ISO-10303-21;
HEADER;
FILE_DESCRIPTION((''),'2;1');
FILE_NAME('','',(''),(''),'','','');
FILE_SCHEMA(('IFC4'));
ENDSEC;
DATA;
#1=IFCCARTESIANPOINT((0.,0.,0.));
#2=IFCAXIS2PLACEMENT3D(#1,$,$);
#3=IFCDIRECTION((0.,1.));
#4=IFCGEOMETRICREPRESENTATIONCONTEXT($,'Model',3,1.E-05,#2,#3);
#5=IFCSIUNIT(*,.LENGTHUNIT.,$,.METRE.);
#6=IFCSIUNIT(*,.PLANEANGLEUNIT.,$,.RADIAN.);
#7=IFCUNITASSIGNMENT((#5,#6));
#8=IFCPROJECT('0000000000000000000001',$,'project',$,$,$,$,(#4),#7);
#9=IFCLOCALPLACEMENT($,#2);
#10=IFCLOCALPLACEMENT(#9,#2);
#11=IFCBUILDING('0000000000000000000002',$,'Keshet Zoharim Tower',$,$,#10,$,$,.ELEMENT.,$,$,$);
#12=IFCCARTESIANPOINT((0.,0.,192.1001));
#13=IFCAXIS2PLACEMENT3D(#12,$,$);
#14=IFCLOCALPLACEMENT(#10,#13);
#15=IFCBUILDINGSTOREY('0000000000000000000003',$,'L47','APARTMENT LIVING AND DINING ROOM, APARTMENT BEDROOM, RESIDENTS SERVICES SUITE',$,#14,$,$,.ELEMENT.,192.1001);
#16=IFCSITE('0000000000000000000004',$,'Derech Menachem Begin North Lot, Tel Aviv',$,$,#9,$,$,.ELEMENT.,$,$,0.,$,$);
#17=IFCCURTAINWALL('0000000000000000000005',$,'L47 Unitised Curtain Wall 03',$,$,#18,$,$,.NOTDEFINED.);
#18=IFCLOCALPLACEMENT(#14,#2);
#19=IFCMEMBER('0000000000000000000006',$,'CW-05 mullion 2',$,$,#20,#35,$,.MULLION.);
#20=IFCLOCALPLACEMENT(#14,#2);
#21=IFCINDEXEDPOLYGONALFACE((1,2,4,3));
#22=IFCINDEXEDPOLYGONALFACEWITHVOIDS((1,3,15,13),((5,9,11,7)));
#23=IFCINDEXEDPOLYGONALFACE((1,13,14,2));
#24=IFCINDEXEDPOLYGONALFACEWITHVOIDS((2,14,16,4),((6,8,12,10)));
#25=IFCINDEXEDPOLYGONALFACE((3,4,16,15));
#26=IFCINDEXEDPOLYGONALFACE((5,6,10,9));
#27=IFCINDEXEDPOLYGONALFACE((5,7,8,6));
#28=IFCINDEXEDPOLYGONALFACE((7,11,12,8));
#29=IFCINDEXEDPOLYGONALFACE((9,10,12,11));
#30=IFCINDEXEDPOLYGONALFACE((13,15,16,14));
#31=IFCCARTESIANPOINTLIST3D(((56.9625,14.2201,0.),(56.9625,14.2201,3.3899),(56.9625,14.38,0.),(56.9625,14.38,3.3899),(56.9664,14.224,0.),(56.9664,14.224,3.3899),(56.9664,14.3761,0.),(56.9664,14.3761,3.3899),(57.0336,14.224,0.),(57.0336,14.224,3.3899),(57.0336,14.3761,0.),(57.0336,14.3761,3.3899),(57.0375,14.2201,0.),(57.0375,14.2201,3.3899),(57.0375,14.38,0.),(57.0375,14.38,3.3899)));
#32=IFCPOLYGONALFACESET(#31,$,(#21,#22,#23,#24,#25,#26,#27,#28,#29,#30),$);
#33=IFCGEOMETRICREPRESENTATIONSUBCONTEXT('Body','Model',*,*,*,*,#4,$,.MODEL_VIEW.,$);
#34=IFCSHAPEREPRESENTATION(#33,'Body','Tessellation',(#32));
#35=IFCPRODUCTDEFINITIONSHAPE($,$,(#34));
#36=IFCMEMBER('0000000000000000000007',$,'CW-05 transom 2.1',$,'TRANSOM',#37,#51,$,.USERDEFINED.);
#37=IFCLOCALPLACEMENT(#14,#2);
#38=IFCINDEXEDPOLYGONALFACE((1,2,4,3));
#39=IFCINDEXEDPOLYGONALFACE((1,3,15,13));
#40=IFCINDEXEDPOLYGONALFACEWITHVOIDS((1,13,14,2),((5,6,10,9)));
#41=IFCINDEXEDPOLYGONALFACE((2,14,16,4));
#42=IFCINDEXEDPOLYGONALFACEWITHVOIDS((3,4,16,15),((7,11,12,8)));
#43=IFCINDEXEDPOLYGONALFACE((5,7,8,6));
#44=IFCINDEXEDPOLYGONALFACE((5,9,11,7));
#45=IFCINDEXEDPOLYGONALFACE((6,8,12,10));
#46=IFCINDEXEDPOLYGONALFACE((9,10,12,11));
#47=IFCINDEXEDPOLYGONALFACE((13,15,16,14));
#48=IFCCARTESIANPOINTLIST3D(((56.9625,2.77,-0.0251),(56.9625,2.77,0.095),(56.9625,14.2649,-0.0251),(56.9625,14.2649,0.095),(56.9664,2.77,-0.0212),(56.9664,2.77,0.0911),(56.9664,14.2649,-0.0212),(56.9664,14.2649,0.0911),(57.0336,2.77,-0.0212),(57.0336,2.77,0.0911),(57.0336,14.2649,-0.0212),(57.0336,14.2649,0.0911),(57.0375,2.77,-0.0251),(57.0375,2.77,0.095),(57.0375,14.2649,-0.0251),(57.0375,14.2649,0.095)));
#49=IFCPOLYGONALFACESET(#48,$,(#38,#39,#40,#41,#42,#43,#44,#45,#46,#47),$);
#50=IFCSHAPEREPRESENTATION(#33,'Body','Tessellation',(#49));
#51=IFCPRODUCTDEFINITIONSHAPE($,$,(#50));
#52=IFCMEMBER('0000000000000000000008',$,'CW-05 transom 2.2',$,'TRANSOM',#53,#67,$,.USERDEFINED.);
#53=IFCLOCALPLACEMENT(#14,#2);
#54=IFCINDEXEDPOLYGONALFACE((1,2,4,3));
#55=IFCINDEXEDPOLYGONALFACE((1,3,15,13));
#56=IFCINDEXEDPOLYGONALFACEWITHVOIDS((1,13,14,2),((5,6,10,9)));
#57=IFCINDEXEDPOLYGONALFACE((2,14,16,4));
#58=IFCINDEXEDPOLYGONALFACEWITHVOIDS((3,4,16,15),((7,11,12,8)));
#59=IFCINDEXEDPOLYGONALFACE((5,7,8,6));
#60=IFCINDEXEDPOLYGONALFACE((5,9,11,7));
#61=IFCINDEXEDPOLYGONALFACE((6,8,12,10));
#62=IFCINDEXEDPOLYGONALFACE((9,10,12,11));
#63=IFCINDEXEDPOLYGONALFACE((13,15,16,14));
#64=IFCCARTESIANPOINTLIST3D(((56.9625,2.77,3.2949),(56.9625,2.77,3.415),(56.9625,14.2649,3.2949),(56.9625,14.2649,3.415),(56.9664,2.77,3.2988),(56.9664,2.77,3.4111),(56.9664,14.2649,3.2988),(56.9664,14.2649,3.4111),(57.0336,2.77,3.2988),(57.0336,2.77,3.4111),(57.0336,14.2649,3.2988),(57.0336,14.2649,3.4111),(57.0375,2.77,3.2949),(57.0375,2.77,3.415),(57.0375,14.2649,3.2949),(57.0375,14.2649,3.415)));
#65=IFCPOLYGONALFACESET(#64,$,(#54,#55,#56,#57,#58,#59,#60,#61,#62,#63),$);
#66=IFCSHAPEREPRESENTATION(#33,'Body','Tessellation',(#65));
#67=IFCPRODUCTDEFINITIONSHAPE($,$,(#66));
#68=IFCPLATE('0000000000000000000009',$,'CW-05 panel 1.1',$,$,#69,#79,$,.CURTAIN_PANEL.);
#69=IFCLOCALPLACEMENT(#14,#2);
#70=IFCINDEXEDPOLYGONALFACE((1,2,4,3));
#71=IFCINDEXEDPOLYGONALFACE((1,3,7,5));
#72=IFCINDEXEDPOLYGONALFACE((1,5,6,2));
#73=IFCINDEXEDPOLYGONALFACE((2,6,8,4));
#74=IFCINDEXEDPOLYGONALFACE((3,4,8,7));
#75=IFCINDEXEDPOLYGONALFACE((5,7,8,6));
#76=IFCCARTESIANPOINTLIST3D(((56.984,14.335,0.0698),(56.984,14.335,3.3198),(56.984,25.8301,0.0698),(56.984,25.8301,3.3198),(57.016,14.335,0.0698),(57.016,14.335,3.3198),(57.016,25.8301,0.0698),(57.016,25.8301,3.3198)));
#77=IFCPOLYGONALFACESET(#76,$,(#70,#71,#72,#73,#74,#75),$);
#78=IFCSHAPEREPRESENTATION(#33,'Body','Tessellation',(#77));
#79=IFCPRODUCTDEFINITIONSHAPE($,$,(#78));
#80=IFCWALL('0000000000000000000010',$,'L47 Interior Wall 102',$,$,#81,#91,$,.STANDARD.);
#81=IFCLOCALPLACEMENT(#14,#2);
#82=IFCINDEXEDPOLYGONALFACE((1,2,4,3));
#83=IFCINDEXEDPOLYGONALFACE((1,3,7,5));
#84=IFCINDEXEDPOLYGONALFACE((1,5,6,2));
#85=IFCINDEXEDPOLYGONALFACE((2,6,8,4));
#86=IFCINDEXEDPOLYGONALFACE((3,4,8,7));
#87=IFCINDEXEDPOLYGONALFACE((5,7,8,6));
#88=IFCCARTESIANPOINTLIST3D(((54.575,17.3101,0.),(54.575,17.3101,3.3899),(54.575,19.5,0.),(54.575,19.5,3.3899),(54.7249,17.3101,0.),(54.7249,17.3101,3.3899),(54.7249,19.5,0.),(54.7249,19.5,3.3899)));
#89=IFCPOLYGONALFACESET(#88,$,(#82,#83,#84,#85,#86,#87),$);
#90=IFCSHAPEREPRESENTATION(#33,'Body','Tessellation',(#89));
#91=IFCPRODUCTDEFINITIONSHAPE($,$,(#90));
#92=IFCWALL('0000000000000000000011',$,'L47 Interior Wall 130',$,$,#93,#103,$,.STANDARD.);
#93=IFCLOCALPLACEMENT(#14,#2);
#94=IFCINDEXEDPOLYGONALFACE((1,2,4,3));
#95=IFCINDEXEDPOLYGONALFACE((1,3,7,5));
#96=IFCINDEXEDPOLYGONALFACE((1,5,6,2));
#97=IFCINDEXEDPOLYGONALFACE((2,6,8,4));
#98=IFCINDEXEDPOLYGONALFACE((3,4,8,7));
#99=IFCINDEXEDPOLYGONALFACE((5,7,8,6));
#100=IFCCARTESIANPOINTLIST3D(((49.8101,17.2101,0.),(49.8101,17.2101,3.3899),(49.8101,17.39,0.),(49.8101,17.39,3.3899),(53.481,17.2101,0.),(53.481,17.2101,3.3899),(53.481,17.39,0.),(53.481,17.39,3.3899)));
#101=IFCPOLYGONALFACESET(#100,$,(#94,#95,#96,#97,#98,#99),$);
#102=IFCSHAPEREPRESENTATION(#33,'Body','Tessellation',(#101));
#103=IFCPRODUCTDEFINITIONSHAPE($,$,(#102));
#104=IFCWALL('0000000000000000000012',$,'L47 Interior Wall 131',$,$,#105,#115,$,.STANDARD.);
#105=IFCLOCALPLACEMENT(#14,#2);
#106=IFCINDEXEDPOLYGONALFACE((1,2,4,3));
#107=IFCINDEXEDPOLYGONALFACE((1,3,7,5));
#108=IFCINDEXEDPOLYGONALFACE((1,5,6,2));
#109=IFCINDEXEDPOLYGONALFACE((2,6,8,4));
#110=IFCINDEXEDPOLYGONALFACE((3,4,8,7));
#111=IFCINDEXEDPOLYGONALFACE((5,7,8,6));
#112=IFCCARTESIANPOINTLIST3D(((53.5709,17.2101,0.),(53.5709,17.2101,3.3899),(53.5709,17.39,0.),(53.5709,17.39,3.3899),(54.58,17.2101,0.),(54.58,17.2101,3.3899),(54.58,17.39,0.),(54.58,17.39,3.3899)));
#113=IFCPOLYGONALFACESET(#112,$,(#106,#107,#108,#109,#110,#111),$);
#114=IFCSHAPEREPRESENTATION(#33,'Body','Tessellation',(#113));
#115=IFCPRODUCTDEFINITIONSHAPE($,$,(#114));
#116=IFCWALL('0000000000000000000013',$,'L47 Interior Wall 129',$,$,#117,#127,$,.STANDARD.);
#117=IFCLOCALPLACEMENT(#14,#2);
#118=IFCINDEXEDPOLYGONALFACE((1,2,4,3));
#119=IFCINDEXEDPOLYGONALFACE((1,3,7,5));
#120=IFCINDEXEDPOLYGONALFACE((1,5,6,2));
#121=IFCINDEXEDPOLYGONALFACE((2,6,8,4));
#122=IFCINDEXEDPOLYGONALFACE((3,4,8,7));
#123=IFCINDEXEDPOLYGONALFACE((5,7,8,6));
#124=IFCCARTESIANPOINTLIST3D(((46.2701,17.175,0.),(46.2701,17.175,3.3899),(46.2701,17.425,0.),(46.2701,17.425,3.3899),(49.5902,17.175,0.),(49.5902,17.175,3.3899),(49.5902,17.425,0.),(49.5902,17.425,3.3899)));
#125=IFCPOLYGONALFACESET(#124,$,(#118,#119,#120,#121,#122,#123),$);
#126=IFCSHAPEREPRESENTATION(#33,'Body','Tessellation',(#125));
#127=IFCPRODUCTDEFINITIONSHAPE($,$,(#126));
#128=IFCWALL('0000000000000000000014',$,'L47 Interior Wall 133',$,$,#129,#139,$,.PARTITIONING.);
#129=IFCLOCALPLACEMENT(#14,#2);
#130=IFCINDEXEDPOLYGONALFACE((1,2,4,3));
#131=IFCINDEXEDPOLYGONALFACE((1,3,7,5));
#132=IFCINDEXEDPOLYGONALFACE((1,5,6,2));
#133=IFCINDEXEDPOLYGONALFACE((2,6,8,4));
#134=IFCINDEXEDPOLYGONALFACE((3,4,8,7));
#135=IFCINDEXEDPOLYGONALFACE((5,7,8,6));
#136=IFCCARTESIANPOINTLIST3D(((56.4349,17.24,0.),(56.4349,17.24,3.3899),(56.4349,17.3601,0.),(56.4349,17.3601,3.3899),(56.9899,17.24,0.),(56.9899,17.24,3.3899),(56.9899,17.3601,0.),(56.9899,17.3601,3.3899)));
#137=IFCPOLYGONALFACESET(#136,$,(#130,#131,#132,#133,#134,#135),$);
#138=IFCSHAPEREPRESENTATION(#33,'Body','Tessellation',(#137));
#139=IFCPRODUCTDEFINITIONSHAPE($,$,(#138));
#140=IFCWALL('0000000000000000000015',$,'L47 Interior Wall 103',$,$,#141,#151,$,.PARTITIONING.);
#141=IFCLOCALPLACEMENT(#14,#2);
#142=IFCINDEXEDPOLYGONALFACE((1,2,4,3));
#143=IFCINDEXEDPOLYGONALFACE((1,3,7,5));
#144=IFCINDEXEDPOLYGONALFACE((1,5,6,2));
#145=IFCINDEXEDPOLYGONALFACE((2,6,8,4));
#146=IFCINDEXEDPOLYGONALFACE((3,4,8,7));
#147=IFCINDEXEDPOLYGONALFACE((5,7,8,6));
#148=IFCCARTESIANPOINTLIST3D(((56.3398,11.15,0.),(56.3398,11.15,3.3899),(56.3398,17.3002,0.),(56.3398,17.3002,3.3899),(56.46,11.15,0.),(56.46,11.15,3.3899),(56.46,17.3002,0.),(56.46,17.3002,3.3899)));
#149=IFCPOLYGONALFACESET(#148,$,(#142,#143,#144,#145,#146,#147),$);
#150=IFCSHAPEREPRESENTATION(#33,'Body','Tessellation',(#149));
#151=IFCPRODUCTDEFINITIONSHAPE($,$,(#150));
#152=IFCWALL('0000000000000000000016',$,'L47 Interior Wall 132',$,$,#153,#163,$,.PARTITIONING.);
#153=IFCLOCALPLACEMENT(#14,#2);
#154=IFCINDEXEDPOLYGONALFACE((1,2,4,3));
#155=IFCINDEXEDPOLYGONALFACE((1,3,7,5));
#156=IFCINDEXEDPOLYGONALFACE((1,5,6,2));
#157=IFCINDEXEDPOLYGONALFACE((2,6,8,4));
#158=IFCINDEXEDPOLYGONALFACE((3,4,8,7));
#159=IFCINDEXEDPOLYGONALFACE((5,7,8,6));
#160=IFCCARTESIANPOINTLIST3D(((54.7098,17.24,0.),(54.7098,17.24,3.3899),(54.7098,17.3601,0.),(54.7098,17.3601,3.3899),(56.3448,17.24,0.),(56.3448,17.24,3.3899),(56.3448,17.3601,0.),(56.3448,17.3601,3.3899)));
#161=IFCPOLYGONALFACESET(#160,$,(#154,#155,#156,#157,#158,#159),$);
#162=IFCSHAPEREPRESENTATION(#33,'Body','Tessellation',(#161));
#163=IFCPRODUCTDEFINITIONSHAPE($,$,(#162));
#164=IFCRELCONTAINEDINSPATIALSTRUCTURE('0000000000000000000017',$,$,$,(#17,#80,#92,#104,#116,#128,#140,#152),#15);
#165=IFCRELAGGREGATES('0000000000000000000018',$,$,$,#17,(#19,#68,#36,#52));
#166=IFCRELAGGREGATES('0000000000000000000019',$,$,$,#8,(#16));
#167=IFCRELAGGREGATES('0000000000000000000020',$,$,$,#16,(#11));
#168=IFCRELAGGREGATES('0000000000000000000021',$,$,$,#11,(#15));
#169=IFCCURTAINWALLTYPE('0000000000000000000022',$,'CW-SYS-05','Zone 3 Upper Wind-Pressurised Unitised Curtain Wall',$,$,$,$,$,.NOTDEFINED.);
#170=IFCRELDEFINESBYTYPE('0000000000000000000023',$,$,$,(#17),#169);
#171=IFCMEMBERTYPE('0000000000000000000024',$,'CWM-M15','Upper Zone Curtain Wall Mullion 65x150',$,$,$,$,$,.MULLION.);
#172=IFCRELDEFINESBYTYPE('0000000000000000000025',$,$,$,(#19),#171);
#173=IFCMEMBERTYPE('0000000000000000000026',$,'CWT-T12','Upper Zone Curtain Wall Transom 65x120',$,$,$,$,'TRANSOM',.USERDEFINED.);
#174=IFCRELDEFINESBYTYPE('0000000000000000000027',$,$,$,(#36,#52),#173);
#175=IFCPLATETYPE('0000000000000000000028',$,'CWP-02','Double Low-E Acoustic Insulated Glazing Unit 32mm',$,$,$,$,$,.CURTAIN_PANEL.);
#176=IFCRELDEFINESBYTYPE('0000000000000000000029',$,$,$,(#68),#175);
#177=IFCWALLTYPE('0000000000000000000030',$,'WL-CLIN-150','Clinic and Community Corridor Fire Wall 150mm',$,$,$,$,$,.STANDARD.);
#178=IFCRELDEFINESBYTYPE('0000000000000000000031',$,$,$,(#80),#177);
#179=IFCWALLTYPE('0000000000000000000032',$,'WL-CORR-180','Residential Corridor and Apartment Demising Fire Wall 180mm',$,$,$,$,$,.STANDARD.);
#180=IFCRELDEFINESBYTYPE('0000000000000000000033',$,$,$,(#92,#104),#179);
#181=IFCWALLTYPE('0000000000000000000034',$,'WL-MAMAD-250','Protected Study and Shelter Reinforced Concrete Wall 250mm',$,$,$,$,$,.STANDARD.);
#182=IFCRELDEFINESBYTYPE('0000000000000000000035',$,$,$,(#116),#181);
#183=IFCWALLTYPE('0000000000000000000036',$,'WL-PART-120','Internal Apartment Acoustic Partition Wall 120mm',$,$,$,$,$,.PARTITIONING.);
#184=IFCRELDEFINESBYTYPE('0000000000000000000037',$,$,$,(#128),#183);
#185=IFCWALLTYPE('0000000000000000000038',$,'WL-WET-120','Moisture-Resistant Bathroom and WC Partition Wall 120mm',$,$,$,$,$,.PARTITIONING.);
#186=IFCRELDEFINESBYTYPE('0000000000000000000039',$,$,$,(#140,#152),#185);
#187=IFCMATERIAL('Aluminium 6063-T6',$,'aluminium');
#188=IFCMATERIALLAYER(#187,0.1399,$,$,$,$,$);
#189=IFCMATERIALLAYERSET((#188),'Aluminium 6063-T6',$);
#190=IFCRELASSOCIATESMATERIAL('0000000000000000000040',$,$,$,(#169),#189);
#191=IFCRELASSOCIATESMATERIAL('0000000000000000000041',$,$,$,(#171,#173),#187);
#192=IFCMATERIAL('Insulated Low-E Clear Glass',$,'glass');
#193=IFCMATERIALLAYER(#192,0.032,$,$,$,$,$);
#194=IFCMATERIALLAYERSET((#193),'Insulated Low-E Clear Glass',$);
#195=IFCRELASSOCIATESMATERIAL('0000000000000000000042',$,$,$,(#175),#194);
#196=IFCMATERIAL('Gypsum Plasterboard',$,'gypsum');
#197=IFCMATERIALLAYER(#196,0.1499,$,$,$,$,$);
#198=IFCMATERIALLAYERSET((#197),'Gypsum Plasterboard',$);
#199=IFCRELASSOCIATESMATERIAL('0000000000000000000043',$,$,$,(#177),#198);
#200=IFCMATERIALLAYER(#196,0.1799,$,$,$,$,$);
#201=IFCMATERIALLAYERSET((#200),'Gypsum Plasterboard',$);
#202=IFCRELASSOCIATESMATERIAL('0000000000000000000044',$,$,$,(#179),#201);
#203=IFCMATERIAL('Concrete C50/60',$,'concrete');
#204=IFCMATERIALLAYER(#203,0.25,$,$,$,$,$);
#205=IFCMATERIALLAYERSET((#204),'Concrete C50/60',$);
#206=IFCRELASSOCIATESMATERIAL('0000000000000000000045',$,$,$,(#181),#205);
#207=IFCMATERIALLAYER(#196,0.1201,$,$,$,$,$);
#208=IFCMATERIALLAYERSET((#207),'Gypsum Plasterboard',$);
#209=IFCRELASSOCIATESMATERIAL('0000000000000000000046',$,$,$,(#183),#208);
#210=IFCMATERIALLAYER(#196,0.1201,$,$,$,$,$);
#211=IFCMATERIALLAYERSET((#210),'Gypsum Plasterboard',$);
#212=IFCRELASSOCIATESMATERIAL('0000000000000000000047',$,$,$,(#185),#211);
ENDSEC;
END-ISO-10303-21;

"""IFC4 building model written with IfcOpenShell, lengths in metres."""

from ifc_helpers import new_model, si_unit, direction, frame, frame_2d, origin, origin_2d, place, context, subcontext, project, spatial, rectangle, hollow_rectangle, extrude, material, layer, layer_set, material_profile, profile_set, type_object, element, aggregate, save


model = new_model("IFC4")

# Units and contexts
model_context = context("Model", 3, precision=1e-05, world=origin(), true_north=direction((0.0, 1.0)))
body_context = subcontext(model_context, "Body", "Model", "MODEL_VIEW")
ifc_project = project(units=[si_unit("LENGTHUNIT", "METRE"), si_unit("PLANEANGLEUNIT", "RADIAN")], contexts=[model_context])

# Site, building, storey
site_placement = place(None, origin())
site = spatial("IfcSite", under=ifc_project, at=site_placement, Name="Derech Menachem Begin North Lot, Tel Aviv", CompositionType="ELEMENT", RefElevation=0.0)
building_placement = place(site_placement, origin())
building = spatial("IfcBuilding", under=site, at=building_placement, Name="Keshet Zoharim Tower", CompositionType="ELEMENT")
storey_placement = place(building_placement, frame((0.0, 0.0, 192.1001)))
storey = spatial("IfcBuildingStorey", under=building, at=storey_placement, Name="L47", Description="APARTMENT LIVING AND DINING ROOM, APARTMENT BEDROOM, RESIDENTS SERVICES SUITE", CompositionType="ELEMENT", Elevation=192.1001)

# Curtain wall, members, plate
ifc_material_1 = material(Name="Aluminium 6063-T6", Category="aluminium")
ifc_layer_1 = layer(ifc_material_1, 0.1399)
ifc_layer_set_1 = layer_set([ifc_layer_1], Name="Aluminium 6063-T6")
curtain_wall_type = type_object("IfcCurtainWallType", Name="CW-SYS-05", Description="Zone 3 Upper Wind-Pressurised Unitised Curtain Wall", PredefinedType="NOTDEFINED", material=ifc_layer_set_1)
curtain_wall_placement = place(storey_placement, origin())
curtain_wall = element("IfcCurtainWall", 1, at=curtain_wall_placement, inside=storey, type_object=curtain_wall_type, Name="L47 Unitised Curtain Wall 03", PredefinedType="NOTDEFINED")
ifc_material_profile_1 = material_profile(ifc_material_1, hollow_rectangle(XDim=0.075, YDim=0.1599, WallThickness=0.0039, at=origin_2d()), Name="MUL-75x160")
ifc_profile_set_1 = profile_set([ifc_material_profile_1], Name="Aluminium 6063-T6")
member_type_1 = type_object("IfcMemberType", Name="CWM-M15", Description="Upper Zone Curtain Wall Mullion 65x150", PredefinedType="MULLION", material=ifc_profile_set_1)
member_1_placement = place(storey_placement, frame((57.0, 14.3, 0.0), z_axis=(0.0, 0.0, 1.0), x_axis=(1.0, 0.0, 0.0)))
member_1 = element("IfcMember", 2, at=member_1_placement, type_object=member_type_1, Name="CW-05 mullion 2", PredefinedType="MULLION", context=body_context, shape_type="SweptSolid", body=[
    extrude(hollow_rectangle(XDim=0.075, YDim=0.1599, WallThickness=0.0039, at=origin_2d()), origin(), (0.0, 0.0, 1.0), 3.3899),
])
ifc_material_profile_2 = material_profile(ifc_material_1, hollow_rectangle(XDim=0.075, YDim=0.1201, WallThickness=0.0039, at=origin_2d()), Name="TRN-75x120")
ifc_profile_set_2 = profile_set([ifc_material_profile_2], Name="Aluminium 6063-T6")
member_type_2 = type_object("IfcMemberType", Name="CWT-T12", Description="Upper Zone Curtain Wall Transom 65x120", ElementType="TRANSOM", PredefinedType="USERDEFINED", material=ifc_profile_set_2)
member_2_placement = place(storey_placement, frame((57.0, 14.2649, 0.0349), z_axis=(0.0, -1.0, 0.0), x_axis=(1.0, 0.0, 0.0)))
member_2 = element("IfcMember", 3, at=member_2_placement, type_object=member_type_2, Name="CW-05 transom 2.1", ObjectType="TRANSOM", PredefinedType="USERDEFINED", context=body_context, shape_type="SweptSolid", body=[
    extrude(hollow_rectangle(XDim=0.075, YDim=0.1201, WallThickness=0.0039, at=origin_2d()), origin(), (0.0, 0.0, 1.0), 11.4949),
])
member_3_placement = place(storey_placement, frame((57.0, 14.2649, 3.355), z_axis=(0.0, -1.0, 0.0), x_axis=(1.0, 0.0, 0.0)))
member_3 = element("IfcMember", 4, at=member_3_placement, type_object=member_type_2, Name="CW-05 transom 2.2", ObjectType="TRANSOM", PredefinedType="USERDEFINED", context=body_context, shape_type="SweptSolid", body=[
    extrude(hollow_rectangle(XDim=0.075, YDim=0.1201, WallThickness=0.0039, at=origin_2d()), origin(), (0.0, 0.0, 1.0), 11.4949),
])
ifc_material_2 = material(Name="Insulated Low-E Clear Glass", Category="glass")
ifc_layer_2 = layer(ifc_material_2, 0.032)
ifc_layer_set_2 = layer_set([ifc_layer_2], Name="Insulated Low-E Clear Glass")
plate_type = type_object("IfcPlateType", Name="CWP-02", Description="Double Low-E Acoustic Insulated Glazing Unit 32mm", PredefinedType="CURTAIN_PANEL", material=ifc_layer_set_2)
plate_placement = place(storey_placement, frame((57.0, 20.0825, 0.0698), z_axis=(0.0, 0.0, 1.0), x_axis=(0.0, -1.0, 0.0)))
plate = element("IfcPlate", 5, at=plate_placement, type_object=plate_type, Name="CW-05 panel 1.1", PredefinedType="CURTAIN_PANEL", context=body_context, shape_type="SweptSolid", body=[
    extrude(rectangle(XDim=11.4951, YDim=0.032, at=origin_2d()), origin(), (0.0, 0.0, 1.0), 3.25),
])
aggregate(curtain_wall, [member_1, plate, member_2, member_3])

# Walls
ifc_material_3 = material(Name="Gypsum Plasterboard", Category="gypsum")
ifc_layer_3 = layer(ifc_material_3, 0.1499)
ifc_layer_set_3 = layer_set([ifc_layer_3], Name="Gypsum Plasterboard")
wall_type_1 = type_object("IfcWallType", Name="WL-CLIN-150", Description="Clinic and Community Corridor Fire Wall 150mm", PredefinedType="STANDARD", material=ifc_layer_set_3)
wall_1_placement = place(storey_placement, frame((54.6499, 17.3101, 0.0), z_axis=(0.0, 0.0, 1.0), x_axis=(0.0, 1.0, 0.0)))
element("IfcWall", 6, at=wall_1_placement, inside=storey, type_object=wall_type_1, Name="L47 Interior Wall 102", PredefinedType="STANDARD", context=body_context, shape_type="SweptSolid", body=[
    extrude(rectangle(XDim=2.1899, YDim=0.1499, at=frame_2d((1.095, 0.0))), origin(), (0.0, 0.0, 1.0), 3.3899),
])
ifc_layer_4 = layer(ifc_material_3, 0.1799)
ifc_layer_set_4 = layer_set([ifc_layer_4], Name="Gypsum Plasterboard")
wall_type_2 = type_object("IfcWallType", Name="WL-CORR-180", Description="Residential Corridor and Apartment Demising Fire Wall 180mm", PredefinedType="STANDARD", material=ifc_layer_set_4)
wall_2_placement = place(storey_placement, frame((49.8101, 17.3, 0.0), z_axis=(0.0, 0.0, 1.0), x_axis=(1.0, 0.0, 0.0)))
element("IfcWall", 7, at=wall_2_placement, inside=storey, type_object=wall_type_2, Name="L47 Interior Wall 130", PredefinedType="STANDARD", context=body_context, shape_type="SweptSolid", body=[
    extrude(rectangle(XDim=3.6709, YDim=0.1799, at=frame_2d((1.8354, 0.0))), origin(), (0.0, 0.0, 1.0), 3.3899),
])
wall_3_placement = place(storey_placement, frame((53.571, 17.3, 0.0), z_axis=(0.0, 0.0, 1.0), x_axis=(1.0, 0.0, 0.0)))
element("IfcWall", 8, at=wall_3_placement, inside=storey, type_object=wall_type_2, Name="L47 Interior Wall 131", PredefinedType="STANDARD", context=body_context, shape_type="SweptSolid", body=[
    extrude(rectangle(XDim=1.009, YDim=0.1799, at=frame_2d((0.5044, 0.0))), origin(), (0.0, 0.0, 1.0), 3.3899),
])
ifc_material_4 = material(Name="Concrete C50/60", Category="concrete")
ifc_layer_5 = layer(ifc_material_4, 0.25)
ifc_layer_set_5 = layer_set([ifc_layer_5], Name="Concrete C50/60")
wall_type_3 = type_object("IfcWallType", Name="WL-MAMAD-250", Description="Protected Study and Shelter Reinforced Concrete Wall 250mm", PredefinedType="STANDARD", material=ifc_layer_set_5)
wall_4_placement = place(storey_placement, frame((46.27, 17.3, 0.0), z_axis=(0.0, 0.0, 1.0), x_axis=(1.0, 0.0, 0.0)))
element("IfcWall", 9, at=wall_4_placement, inside=storey, type_object=wall_type_3, Name="L47 Interior Wall 129", PredefinedType="STANDARD", context=body_context, shape_type="SweptSolid", body=[
    extrude(rectangle(XDim=3.3201, YDim=0.25, at=frame_2d((1.6602, 0.0))), origin(), (0.0, 0.0, 1.0), 3.3899),
])
ifc_layer_6 = layer(ifc_material_3, 0.1201)
ifc_layer_set_6 = layer_set([ifc_layer_6], Name="Gypsum Plasterboard")
wall_type_4 = type_object("IfcWallType", Name="WL-PART-120", Description="Internal Apartment Acoustic Partition Wall 120mm", PredefinedType="PARTITIONING", material=ifc_layer_set_6)
wall_5_placement = place(storey_placement, frame((56.4351, 17.3, 0.0), z_axis=(0.0, 0.0, 1.0), x_axis=(1.0, 0.0, 0.0)))
element("IfcWall", 10, at=wall_5_placement, inside=storey, type_object=wall_type_4, Name="L47 Interior Wall 133", PredefinedType="PARTITIONING", context=body_context, shape_type="SweptSolid", body=[
    extrude(rectangle(XDim=0.5549, YDim=0.1201, at=frame_2d((0.2773, 0.0))), origin(), (0.0, 0.0, 1.0), 3.3899),
])
ifc_layer_7 = layer(ifc_material_3, 0.1201)
ifc_layer_set_7 = layer_set([ifc_layer_7], Name="Gypsum Plasterboard")
wall_type_5 = type_object("IfcWallType", Name="WL-WET-120", Description="Moisture-Resistant Bathroom and WC Partition Wall 120mm", PredefinedType="PARTITIONING", material=ifc_layer_set_7)
wall_6_placement = place(storey_placement, frame((56.3999, 11.1499, 0.0), z_axis=(0.0, 0.0, 1.0), x_axis=(0.0, 1.0, 0.0)))
element("IfcWall", 11, at=wall_6_placement, inside=storey, type_object=wall_type_5, Name="L47 Interior Wall 103", PredefinedType="PARTITIONING", context=body_context, shape_type="SweptSolid", body=[
    extrude(rectangle(XDim=6.1501, YDim=0.1201, at=frame_2d((3.0752, 0.0))), origin(), (0.0, 0.0, 1.0), 3.3899),
])
wall_7_placement = place(storey_placement, frame((54.71, 17.3, 0.0), z_axis=(0.0, 0.0, 1.0), x_axis=(1.0, 0.0, 0.0)))
element("IfcWall", 12, at=wall_7_placement, inside=storey, type_object=wall_type_5, Name="L47 Interior Wall 132", PredefinedType="PARTITIONING", context=body_context, shape_type="SweptSolid", body=[
    extrude(rectangle(XDim=1.635, YDim=0.1201, at=frame_2d((0.8174, 0.0))), origin(), (0.0, 0.0, 1.0), 3.3899),
])

save(model, "model.ifc")
